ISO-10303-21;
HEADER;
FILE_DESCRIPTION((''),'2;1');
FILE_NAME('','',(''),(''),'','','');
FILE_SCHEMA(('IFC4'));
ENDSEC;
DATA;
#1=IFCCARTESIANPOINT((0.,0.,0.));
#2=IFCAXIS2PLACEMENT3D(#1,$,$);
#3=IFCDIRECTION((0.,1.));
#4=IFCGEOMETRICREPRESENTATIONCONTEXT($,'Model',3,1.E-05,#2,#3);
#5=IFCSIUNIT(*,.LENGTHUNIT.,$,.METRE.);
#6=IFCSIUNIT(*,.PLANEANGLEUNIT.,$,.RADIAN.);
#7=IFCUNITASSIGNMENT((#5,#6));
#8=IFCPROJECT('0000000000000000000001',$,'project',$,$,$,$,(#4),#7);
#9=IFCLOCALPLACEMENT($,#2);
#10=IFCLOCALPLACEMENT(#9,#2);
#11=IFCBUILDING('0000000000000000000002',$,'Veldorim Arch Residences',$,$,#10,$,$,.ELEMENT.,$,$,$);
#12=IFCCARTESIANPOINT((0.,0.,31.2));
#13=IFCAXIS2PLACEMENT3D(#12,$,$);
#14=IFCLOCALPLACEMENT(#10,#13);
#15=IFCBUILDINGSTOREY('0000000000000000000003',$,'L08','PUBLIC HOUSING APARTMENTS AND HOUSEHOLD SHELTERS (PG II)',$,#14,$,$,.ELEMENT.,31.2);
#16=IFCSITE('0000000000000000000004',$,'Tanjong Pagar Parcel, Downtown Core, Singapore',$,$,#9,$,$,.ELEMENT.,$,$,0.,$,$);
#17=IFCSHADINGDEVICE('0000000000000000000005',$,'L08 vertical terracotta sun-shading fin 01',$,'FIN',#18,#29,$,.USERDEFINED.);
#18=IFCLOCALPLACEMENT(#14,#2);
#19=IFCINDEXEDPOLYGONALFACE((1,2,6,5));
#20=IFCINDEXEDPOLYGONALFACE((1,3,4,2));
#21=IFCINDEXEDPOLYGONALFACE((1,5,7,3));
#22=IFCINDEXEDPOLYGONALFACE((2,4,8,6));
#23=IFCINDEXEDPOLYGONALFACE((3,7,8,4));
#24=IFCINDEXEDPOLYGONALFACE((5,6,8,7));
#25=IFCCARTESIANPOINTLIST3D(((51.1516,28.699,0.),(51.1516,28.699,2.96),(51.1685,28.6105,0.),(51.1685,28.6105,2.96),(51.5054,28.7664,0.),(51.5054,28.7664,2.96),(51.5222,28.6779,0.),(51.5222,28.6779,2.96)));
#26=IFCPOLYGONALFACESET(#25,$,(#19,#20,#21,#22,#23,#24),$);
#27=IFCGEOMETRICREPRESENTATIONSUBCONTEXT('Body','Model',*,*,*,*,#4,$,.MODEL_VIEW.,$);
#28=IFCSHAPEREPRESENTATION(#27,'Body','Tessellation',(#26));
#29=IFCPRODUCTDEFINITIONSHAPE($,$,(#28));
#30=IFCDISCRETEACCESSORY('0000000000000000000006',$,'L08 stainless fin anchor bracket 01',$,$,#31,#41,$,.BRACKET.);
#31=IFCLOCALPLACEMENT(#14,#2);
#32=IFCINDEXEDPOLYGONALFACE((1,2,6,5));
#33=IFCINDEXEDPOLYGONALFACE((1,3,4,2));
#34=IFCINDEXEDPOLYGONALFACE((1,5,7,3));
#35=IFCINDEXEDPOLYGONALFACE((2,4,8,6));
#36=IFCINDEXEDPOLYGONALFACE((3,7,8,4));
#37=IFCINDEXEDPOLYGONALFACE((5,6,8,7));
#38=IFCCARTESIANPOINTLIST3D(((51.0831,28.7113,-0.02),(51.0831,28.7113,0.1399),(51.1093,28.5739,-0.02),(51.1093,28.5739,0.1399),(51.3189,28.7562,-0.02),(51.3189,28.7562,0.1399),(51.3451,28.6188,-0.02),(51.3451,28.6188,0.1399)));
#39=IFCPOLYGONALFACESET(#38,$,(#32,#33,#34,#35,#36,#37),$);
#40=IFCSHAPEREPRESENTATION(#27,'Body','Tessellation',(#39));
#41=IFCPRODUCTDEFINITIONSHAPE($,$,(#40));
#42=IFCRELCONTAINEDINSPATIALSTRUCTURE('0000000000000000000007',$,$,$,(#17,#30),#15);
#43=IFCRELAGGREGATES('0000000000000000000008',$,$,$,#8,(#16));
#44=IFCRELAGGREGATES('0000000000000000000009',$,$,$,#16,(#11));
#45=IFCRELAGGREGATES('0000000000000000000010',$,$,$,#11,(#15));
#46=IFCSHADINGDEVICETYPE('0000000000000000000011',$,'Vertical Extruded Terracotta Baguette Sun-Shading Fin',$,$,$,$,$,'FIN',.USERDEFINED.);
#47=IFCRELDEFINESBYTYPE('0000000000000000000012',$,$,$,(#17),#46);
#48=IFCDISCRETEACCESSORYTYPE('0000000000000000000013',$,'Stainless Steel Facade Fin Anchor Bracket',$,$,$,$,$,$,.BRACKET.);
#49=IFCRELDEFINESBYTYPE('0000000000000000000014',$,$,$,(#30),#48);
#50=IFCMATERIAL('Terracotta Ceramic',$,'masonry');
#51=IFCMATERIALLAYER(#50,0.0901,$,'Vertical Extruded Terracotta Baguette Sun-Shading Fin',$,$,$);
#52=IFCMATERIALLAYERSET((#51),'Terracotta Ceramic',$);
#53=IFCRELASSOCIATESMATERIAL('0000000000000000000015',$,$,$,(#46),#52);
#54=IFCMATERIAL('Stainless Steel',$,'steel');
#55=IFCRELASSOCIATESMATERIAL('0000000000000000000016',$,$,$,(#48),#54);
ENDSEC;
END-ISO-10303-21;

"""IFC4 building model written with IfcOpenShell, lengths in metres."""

from ifc_helpers import new_model, si_unit, direction, frame, origin, origin_2d, place, context, subcontext, project, spatial, rectangle, extrude, material, layer, layer_set, type_object, element, save


model = new_model("IFC4")

# Units and contexts
model_context = context("Model", 3, precision=1e-05, world=origin(), true_north=direction((0.0, 1.0)))
body_context = subcontext(model_context, "Body", "Model", "MODEL_VIEW")
ifc_project = project(units=[si_unit("LENGTHUNIT", "METRE"), si_unit("PLANEANGLEUNIT", "RADIAN")], contexts=[model_context])

# Site, building, storey
site_placement = place(None, origin())
site = spatial("IfcSite", under=ifc_project, at=site_placement, Name="Tanjong Pagar Parcel, Downtown Core, Singapore", CompositionType="ELEMENT", RefElevation=0.0)
building_placement = place(site_placement, origin())
building = spatial("IfcBuilding", under=site, at=building_placement, Name="Veldorim Arch Residences", CompositionType="ELEMENT")
storey_placement = place(building_placement, frame((0.0, 0.0, 31.2)))
storey = spatial("IfcBuildingStorey", under=building, at=storey_placement, Name="L08", Description="PUBLIC HOUSING APARTMENTS AND HOUSEHOLD SHELTERS (PG II)", CompositionType="ELEMENT", Elevation=31.2)

# Shading device
ifc_material_1 = material(Name="Terracotta Ceramic", Category="masonry")
ifc_layer_1 = layer(ifc_material_1, 0.0901, Name="Vertical Extruded Terracotta Baguette Sun-Shading Fin")
ifc_layer_set_1 = layer_set([ifc_layer_1], Name="Terracotta Ceramic")
shading_device_type = type_object("IfcShadingDeviceType", Name="Vertical Extruded Terracotta Baguette Sun-Shading Fin", ElementType="FIN", PredefinedType="USERDEFINED", material=ifc_layer_set_1)
shading_device_placement = place(storey_placement, frame((51.3369, 28.6885, 0.0), z_axis=(0.0, 0.0, 1.0), x_axis=(0.18721, -0.98232, 0.0)))
element("IfcShadingDevice", 1, at=shading_device_placement, inside=storey, type_object=shading_device_type, Name="L08 vertical terracotta sun-shading fin 01", ObjectType="FIN", PredefinedType="USERDEFINED", context=body_context, shape_type="SweptSolid", body=[
    extrude(rectangle(XDim=0.0901, YDim=0.3601, at=origin_2d()), origin(), (0.0, 0.0, 1.0), 2.96),
])

# Discrete accessory
ifc_material_2 = material(Name="Stainless Steel", Category="steel")
discrete_accessory_type = type_object("IfcDiscreteAccessoryType", Name="Stainless Steel Facade Fin Anchor Bracket", PredefinedType="BRACKET", material=ifc_material_2)
discrete_accessory_placement = place(storey_placement, frame((51.2141, 28.665, -0.02), z_axis=(0.0, 0.0, 1.0), x_axis=(0.18721, -0.98232, 0.0)))
element("IfcDiscreteAccessory", 2, at=discrete_accessory_placement, inside=storey, type_object=discrete_accessory_type, Name="L08 stainless fin anchor bracket 01", PredefinedType="BRACKET", context=body_context, shape_type="SweptSolid", body=[
    extrude(rectangle(XDim=0.1399, YDim=0.24, at=origin_2d()), origin(), (0.0, 0.0, 1.0), 0.1599),
])

save(model, "model.ifc")
